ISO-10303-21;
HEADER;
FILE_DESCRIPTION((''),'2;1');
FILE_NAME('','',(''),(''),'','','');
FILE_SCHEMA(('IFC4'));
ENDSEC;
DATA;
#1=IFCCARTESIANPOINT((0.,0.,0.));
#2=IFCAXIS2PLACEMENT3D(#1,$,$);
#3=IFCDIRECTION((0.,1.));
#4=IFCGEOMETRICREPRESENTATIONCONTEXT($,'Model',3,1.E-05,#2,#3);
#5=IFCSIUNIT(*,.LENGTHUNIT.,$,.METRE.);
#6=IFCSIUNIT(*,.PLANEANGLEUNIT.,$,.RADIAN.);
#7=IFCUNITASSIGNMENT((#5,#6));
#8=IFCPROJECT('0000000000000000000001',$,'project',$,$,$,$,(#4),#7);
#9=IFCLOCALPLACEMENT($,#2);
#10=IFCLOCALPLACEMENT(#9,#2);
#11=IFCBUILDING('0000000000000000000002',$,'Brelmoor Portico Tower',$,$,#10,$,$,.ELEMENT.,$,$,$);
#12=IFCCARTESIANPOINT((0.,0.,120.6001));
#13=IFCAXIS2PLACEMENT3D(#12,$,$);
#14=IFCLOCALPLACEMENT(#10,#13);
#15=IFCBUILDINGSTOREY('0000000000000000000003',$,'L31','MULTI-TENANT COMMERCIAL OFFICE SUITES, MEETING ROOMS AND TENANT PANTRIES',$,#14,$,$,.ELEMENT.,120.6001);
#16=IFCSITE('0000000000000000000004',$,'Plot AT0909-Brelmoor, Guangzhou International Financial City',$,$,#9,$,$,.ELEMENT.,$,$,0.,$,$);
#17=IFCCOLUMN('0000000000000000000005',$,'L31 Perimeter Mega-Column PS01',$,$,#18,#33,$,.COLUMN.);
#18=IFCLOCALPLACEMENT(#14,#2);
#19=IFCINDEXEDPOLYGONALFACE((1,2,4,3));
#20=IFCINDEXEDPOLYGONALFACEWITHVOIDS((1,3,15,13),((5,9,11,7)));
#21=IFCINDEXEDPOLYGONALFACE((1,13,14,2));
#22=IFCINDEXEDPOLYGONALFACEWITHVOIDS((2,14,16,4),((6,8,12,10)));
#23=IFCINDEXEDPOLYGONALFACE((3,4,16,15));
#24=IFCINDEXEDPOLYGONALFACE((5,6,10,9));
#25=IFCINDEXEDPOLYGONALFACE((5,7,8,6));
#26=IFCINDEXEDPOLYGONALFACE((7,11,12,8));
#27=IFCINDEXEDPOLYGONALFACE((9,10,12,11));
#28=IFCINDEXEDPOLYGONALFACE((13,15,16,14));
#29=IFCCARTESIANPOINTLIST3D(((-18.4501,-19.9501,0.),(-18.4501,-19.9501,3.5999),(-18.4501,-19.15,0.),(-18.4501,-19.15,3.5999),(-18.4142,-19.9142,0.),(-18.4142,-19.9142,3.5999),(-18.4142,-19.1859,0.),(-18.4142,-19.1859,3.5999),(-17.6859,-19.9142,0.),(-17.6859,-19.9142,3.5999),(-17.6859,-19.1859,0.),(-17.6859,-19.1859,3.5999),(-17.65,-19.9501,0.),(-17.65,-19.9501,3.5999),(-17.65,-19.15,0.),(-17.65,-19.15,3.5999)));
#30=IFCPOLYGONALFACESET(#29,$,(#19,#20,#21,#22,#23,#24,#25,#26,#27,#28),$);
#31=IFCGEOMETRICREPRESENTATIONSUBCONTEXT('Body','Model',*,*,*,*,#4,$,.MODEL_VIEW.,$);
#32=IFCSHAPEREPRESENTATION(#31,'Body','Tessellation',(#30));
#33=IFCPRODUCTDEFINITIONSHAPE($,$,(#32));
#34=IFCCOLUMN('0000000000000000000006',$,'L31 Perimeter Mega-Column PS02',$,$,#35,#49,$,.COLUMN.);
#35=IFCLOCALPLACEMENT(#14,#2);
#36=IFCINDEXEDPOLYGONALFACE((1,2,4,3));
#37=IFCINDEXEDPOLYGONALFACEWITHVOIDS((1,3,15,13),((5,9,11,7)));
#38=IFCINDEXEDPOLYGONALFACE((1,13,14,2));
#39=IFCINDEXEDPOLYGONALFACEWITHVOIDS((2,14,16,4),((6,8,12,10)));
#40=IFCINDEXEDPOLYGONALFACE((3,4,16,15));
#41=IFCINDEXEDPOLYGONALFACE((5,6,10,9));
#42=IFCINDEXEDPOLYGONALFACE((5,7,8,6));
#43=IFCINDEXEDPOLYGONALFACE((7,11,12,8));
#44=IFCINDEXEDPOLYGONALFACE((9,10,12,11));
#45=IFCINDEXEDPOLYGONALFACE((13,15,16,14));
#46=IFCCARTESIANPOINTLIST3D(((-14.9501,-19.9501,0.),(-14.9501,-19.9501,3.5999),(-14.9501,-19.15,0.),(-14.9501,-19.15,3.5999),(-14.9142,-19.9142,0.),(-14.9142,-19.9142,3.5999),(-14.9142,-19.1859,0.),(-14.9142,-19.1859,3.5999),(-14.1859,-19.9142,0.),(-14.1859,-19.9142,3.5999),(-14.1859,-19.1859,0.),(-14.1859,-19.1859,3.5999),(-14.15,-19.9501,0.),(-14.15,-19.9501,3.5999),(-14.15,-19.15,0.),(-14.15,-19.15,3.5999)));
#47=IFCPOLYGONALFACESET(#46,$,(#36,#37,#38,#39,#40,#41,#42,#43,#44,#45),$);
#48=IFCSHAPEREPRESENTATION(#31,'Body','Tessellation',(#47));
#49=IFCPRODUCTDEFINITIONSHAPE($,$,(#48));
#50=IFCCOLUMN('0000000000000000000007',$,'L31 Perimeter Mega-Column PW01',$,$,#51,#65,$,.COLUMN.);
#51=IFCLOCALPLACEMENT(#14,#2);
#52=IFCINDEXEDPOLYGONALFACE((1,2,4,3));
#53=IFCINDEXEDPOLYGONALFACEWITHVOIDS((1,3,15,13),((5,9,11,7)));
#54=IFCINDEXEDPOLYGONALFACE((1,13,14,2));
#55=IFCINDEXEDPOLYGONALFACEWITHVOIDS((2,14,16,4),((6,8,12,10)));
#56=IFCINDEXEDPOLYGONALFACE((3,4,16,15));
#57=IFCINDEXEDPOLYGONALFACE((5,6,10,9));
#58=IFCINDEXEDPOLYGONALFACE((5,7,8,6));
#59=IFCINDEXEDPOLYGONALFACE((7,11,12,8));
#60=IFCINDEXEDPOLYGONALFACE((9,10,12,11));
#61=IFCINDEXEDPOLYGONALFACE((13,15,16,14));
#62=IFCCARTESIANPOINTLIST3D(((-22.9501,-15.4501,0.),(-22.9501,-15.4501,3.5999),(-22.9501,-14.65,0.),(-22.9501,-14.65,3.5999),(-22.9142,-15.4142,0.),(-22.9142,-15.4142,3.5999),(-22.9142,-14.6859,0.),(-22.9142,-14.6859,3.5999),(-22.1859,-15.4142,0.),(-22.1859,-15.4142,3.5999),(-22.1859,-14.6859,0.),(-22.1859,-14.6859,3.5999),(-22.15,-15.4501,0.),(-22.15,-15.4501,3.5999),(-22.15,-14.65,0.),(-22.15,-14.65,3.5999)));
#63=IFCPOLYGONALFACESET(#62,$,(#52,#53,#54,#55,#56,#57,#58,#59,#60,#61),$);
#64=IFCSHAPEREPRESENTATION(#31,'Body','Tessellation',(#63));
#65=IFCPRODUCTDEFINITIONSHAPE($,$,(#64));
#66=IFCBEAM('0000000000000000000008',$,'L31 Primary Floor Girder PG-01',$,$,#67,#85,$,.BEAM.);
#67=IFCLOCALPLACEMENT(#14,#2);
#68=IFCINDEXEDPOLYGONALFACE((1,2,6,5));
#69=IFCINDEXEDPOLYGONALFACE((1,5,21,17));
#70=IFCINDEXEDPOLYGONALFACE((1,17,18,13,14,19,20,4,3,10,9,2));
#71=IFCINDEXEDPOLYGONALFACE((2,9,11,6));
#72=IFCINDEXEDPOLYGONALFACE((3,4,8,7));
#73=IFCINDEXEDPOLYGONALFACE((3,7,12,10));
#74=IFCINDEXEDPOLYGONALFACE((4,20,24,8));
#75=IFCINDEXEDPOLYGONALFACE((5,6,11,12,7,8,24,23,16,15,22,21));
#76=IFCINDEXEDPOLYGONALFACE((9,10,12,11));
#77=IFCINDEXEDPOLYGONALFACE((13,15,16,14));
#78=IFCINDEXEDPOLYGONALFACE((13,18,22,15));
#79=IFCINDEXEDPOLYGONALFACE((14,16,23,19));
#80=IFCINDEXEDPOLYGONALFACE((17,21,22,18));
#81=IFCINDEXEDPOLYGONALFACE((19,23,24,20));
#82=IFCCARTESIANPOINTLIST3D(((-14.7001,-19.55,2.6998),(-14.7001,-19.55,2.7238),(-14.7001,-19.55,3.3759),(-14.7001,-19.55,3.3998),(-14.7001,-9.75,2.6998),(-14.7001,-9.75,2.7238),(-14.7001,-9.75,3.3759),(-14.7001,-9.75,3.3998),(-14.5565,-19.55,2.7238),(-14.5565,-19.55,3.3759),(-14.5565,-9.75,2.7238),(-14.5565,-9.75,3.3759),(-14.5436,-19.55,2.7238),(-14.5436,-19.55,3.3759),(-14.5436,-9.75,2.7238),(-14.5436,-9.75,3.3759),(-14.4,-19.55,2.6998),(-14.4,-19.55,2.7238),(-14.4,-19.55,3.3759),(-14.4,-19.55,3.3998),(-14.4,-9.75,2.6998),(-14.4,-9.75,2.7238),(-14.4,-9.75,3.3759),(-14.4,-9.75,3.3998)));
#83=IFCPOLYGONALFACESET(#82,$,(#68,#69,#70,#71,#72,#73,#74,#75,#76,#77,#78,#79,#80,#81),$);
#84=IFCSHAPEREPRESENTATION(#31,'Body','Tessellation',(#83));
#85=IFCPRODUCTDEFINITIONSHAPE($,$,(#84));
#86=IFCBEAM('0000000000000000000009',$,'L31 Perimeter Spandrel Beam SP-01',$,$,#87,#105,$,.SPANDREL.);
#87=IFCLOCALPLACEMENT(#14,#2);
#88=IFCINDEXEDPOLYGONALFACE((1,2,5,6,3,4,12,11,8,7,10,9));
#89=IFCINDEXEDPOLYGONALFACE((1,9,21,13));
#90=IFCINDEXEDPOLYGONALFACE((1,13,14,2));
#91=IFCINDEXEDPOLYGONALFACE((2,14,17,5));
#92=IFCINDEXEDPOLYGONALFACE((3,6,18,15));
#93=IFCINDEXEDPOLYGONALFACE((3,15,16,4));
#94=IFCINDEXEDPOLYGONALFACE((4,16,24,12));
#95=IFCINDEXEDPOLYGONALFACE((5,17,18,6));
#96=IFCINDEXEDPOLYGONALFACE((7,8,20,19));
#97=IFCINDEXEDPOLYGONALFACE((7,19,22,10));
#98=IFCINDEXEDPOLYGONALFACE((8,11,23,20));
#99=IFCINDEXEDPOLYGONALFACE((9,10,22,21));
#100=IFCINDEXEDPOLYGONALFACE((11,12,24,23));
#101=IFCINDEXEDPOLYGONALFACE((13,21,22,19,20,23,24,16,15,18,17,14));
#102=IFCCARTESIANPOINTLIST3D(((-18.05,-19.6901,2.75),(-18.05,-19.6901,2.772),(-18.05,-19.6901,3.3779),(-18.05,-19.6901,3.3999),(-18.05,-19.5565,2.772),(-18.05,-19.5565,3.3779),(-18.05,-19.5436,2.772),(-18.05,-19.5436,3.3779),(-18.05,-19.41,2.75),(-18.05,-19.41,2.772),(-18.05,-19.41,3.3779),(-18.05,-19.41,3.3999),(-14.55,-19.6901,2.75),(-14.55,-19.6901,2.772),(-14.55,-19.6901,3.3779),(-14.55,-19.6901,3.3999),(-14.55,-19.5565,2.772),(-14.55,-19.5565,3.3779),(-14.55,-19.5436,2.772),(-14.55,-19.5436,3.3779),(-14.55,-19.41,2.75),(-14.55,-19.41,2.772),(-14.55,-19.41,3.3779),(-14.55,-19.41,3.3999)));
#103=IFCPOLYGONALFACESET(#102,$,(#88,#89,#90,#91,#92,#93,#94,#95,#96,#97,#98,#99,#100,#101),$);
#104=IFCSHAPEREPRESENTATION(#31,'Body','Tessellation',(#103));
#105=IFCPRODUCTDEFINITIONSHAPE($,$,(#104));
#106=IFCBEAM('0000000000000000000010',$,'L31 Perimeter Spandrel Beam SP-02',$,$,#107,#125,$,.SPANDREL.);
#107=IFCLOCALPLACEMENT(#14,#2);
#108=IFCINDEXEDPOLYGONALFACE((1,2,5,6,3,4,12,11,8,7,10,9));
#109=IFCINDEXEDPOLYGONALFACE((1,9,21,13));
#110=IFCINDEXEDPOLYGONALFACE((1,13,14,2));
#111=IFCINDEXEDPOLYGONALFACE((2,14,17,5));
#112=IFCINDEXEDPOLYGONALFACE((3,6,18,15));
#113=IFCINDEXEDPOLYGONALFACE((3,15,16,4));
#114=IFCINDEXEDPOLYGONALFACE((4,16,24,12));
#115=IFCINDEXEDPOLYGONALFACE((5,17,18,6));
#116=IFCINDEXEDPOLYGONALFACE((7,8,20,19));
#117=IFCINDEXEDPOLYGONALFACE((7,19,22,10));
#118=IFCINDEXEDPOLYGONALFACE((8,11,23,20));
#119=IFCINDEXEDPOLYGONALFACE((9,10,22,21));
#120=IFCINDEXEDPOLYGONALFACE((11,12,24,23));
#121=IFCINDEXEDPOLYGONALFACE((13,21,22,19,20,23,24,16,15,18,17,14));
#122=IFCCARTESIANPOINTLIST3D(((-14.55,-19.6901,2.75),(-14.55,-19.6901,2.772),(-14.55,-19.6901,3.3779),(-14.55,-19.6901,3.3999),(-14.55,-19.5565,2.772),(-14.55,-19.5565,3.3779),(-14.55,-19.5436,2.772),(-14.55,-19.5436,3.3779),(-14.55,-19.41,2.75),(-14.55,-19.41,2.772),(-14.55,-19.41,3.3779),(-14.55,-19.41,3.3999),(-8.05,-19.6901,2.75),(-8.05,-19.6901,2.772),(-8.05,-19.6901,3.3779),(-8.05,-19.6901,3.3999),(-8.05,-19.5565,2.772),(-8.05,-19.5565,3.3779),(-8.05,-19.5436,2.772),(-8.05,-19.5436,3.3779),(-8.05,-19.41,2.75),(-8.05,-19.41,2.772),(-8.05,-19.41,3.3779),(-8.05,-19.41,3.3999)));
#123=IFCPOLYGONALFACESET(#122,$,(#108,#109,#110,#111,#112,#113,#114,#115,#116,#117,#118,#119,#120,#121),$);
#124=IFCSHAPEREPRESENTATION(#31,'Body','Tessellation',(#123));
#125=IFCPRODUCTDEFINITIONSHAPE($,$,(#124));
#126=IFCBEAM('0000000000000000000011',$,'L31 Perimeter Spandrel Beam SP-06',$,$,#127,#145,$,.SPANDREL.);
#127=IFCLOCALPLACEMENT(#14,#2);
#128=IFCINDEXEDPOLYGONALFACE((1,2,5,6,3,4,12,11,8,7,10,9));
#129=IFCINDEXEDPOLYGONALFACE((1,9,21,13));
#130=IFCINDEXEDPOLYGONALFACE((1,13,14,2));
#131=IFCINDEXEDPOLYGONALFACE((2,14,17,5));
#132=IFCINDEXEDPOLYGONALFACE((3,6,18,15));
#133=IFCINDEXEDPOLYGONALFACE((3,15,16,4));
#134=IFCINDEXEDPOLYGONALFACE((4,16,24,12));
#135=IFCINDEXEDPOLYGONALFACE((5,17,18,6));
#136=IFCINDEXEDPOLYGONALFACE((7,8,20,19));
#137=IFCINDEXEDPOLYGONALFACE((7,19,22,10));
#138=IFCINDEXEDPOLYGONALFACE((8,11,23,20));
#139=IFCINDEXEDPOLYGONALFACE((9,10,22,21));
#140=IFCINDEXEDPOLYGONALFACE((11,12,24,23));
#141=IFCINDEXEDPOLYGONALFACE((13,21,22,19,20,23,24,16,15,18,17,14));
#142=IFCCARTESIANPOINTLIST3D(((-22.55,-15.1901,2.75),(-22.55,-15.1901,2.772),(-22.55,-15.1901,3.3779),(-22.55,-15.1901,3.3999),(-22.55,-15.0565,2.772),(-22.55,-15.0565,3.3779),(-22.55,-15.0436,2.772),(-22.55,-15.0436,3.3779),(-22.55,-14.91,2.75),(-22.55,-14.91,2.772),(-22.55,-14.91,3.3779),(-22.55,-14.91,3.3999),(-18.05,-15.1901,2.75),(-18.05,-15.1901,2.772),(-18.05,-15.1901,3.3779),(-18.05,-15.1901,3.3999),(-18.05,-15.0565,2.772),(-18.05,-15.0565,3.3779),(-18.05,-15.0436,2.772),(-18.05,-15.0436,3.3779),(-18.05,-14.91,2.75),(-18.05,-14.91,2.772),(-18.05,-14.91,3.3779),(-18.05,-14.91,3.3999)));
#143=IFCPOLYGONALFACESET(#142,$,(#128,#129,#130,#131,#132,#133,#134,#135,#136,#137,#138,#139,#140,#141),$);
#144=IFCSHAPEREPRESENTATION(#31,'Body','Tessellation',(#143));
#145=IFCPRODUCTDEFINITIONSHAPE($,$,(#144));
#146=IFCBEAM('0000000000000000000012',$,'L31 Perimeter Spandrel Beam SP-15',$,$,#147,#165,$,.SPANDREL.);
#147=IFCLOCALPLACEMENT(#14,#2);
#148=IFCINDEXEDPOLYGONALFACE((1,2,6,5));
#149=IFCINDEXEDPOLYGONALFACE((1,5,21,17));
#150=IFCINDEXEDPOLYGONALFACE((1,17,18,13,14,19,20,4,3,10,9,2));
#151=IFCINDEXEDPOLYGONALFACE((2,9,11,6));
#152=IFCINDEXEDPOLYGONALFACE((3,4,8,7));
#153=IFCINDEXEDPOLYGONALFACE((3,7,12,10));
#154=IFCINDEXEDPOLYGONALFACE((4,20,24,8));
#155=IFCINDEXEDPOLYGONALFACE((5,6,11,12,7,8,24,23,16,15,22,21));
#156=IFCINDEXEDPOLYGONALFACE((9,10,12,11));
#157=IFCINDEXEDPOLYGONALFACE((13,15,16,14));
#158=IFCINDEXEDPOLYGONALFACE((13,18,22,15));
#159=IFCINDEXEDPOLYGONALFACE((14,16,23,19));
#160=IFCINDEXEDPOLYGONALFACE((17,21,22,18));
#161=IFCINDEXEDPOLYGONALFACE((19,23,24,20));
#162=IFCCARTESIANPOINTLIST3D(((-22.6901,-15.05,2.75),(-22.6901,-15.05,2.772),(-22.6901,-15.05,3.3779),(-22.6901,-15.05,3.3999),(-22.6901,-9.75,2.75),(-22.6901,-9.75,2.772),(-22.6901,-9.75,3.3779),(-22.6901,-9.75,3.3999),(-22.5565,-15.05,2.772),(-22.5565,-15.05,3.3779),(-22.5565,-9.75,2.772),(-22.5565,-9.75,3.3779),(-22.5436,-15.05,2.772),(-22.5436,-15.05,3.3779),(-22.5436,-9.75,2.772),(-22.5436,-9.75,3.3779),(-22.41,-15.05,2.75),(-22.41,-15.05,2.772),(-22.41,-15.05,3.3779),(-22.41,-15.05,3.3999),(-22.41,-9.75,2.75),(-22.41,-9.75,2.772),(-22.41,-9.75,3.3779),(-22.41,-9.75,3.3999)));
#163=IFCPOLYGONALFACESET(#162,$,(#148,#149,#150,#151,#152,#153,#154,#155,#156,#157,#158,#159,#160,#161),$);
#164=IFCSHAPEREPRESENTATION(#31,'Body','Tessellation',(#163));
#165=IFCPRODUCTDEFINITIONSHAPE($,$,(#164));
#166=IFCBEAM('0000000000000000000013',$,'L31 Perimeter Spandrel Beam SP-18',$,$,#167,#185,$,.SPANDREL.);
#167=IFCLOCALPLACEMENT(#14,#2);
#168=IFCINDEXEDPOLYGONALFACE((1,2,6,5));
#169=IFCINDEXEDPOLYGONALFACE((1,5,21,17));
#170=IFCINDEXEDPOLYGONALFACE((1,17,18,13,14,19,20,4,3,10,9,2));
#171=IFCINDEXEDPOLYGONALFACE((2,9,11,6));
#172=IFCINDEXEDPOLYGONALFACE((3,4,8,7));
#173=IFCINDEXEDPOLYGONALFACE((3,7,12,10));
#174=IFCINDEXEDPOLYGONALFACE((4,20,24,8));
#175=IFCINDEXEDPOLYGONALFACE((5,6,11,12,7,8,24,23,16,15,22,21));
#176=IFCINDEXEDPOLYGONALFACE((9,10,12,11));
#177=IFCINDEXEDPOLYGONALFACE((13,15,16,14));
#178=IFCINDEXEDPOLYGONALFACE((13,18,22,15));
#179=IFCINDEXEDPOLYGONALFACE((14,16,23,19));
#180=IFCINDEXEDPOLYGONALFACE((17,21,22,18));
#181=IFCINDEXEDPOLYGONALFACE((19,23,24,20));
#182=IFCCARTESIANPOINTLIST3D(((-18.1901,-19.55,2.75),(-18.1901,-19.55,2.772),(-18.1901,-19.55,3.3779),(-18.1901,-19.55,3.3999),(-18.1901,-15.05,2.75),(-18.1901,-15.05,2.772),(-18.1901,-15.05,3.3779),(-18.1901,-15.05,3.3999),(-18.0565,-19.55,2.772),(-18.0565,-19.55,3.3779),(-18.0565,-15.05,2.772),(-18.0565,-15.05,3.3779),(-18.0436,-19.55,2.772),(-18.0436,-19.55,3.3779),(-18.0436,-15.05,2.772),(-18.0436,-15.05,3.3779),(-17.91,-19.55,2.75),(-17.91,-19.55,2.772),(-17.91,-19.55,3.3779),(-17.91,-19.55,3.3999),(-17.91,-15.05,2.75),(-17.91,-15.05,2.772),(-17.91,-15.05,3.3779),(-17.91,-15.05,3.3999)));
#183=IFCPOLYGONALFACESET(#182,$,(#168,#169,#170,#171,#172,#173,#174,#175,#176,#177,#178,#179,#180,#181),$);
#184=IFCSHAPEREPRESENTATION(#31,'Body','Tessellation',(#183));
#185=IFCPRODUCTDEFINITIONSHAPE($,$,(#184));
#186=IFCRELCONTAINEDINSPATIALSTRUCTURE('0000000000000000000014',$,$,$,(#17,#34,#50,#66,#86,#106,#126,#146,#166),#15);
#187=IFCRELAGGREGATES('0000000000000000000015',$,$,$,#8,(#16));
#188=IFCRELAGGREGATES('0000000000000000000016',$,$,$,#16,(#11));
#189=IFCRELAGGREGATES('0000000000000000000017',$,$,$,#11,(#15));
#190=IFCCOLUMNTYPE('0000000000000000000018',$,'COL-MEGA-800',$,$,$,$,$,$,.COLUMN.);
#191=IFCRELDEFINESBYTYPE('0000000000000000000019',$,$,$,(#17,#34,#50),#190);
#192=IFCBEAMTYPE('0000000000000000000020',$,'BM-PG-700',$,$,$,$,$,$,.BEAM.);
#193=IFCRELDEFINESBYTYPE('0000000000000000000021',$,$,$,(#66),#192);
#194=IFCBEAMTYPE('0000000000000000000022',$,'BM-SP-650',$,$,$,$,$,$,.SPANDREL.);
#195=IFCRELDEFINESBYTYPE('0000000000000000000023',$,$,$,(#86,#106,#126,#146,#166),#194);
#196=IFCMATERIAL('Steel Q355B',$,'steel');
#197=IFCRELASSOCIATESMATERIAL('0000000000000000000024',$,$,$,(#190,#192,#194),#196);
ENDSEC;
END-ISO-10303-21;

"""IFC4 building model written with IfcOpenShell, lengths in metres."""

from ifc_helpers import new_model, si_unit, direction, frame, origin, origin_2d, place, context, subcontext, project, spatial, hollow_rectangle, i_section, extrude, material, material_profile, profile_set, type_object, element, save


model = new_model("IFC4")

# Units and contexts
model_context = context("Model", 3, precision=1e-05, world=origin(), true_north=direction((0.0, 1.0)))
body_context = subcontext(model_context, "Body", "Model", "MODEL_VIEW")
ifc_project = project(units=[si_unit("LENGTHUNIT", "METRE"), si_unit("PLANEANGLEUNIT", "RADIAN")], contexts=[model_context])

# Site, building, storey
site_placement = place(None, origin())
site = spatial("IfcSite", under=ifc_project, at=site_placement, Name="Plot AT0909-Brelmoor, Guangzhou International Financial City", CompositionType="ELEMENT", RefElevation=0.0)
building_placement = place(site_placement, origin())
building = spatial("IfcBuilding", under=site, at=building_placement, Name="Brelmoor Portico Tower", CompositionType="ELEMENT")
storey_placement = place(building_placement, frame((0.0, 0.0, 120.6001)))
storey = spatial("IfcBuildingStorey", under=building, at=storey_placement, Name="L31", Description="MULTI-TENANT COMMERCIAL OFFICE SUITES, MEETING ROOMS AND TENANT PANTRIES", CompositionType="ELEMENT", Elevation=120.6001)

# Columns
ifc_material_1 = material(Name="Steel Q355B", Category="steel")
ifc_material_profile_1 = material_profile(ifc_material_1, hollow_rectangle(XDim=0.8, YDim=0.8, WallThickness=0.0359, at=origin_2d()), Name="BOX 800x800x36")
ifc_profile_set_1 = profile_set([ifc_material_profile_1], Name="Steel Q355B")
column_type = type_object("IfcColumnType", Name="COL-MEGA-800", PredefinedType="COLUMN", material=ifc_profile_set_1)
for number, where, z_axis, x_axis, name in (
    (1, (-18.05, -19.55, 0.0), (0.0, 0.0, 1.0), (1.0, 0.0, 0.0), "L31 Perimeter Mega-Column PS01"),
    (2, (-14.55, -19.55, 0.0), (0.0, 0.0, 1.0), (1.0, 0.0, 0.0), "L31 Perimeter Mega-Column PS02"),
    (3, (-22.55, -15.05, 0.0), (0.0, 0.0, 1.0), (0.0, 1.0, 0.0), "L31 Perimeter Mega-Column PW01"),
):
    element("IfcColumn", number, at=place(storey_placement, frame(where, z_axis=z_axis, x_axis=x_axis)), inside=storey, type_object=column_type, Name=name, PredefinedType="COLUMN", context=body_context, shape_type="SweptSolid", body=[
        extrude(hollow_rectangle(XDim=0.8, YDim=0.8, WallThickness=0.0359, at=origin_2d()), origin(), (0.0, 0.0, 1.0), 3.5999),
    ])

# Beams
ifc_material_profile_2 = material_profile(ifc_material_1, i_section(OverallWidth=0.3, OverallDepth=0.7, WebThickness=0.0129, FlangeThickness=0.0239, at=origin_2d()), Name="HN 700x300x13x24")
ifc_profile_set_2 = profile_set([ifc_material_profile_2], Name="Steel Q355B")
beam_type_1 = type_object("IfcBeamType", Name="BM-PG-700", PredefinedType="BEAM", material=ifc_profile_set_2)
beam_1_placement = place(storey_placement, frame((-14.55, -19.55, 3.0498), z_axis=(0.0, 1.0, 0.0), x_axis=(-1.0, 0.0, 0.0)))
element("IfcBeam", 4, at=beam_1_placement, inside=storey, type_object=beam_type_1, Name="L31 Primary Floor Girder PG-01", PredefinedType="BEAM", context=body_context, shape_type="SweptSolid", body=[
    extrude(i_section(OverallWidth=0.3, OverallDepth=0.7, WebThickness=0.0129, FlangeThickness=0.0239, at=origin_2d()), origin(), (0.0, 0.0, 1.0), 9.8),
])
ifc_material_profile_3 = material_profile(ifc_material_1, i_section(OverallWidth=0.28, OverallDepth=0.6499, WebThickness=0.0129, FlangeThickness=0.022, at=origin_2d()), Name="HN 650x280x13x22")
ifc_profile_set_3 = profile_set([ifc_material_profile_3], Name="Steel Q355B")
beam_type_2 = type_object("IfcBeamType", Name="BM-SP-650", PredefinedType="SPANDREL", material=ifc_profile_set_3)
beam_2_placement = place(storey_placement, frame((-18.05, -19.55, 3.075), z_axis=(1.0, 0.0, 0.0), x_axis=(0.0, 1.0, 0.0)))
element("IfcBeam", 5, at=beam_2_placement, inside=storey, type_object=beam_type_2, Name="L31 Perimeter Spandrel Beam SP-01", PredefinedType="SPANDREL", context=body_context, shape_type="SweptSolid", body=[
    extrude(i_section(OverallWidth=0.28, OverallDepth=0.6499, WebThickness=0.0129, FlangeThickness=0.022, at=origin_2d()), origin(), (0.0, 0.0, 1.0), 3.5),
])
beam_3_placement = place(storey_placement, frame((-14.55, -19.55, 3.075), z_axis=(1.0, 0.0, 0.0), x_axis=(0.0, 1.0, 0.0)))
element("IfcBeam", 6, at=beam_3_placement, inside=storey, type_object=beam_type_2, Name="L31 Perimeter Spandrel Beam SP-02", PredefinedType="SPANDREL", context=body_context, shape_type="SweptSolid", body=[
    extrude(i_section(OverallWidth=0.28, OverallDepth=0.6499, WebThickness=0.0129, FlangeThickness=0.022, at=origin_2d()), origin(), (0.0, 0.0, 1.0), 6.5),
])
beam_4_placement = place(storey_placement, frame((-22.55, -15.05, 3.075), z_axis=(1.0, 0.0, 0.0), x_axis=(0.0, 1.0, 0.0)))
element("IfcBeam", 7, at=beam_4_placement, inside=storey, type_object=beam_type_2, Name="L31 Perimeter Spandrel Beam SP-06", PredefinedType="SPANDREL", context=body_context, shape_type="SweptSolid", body=[
    extrude(i_section(OverallWidth=0.28, OverallDepth=0.6499, WebThickness=0.0129, FlangeThickness=0.022, at=origin_2d()), origin(), (0.0, 0.0, 1.0), 4.5),
])
beam_5_placement = place(storey_placement, frame((-22.55, -15.05, 3.075), z_axis=(0.0, 1.0, 0.0), x_axis=(-1.0, 0.0, 0.0)))
element("IfcBeam", 8, at=beam_5_placement, inside=storey, type_object=beam_type_2, Name="L31 Perimeter Spandrel Beam SP-15", PredefinedType="SPANDREL", context=body_context, shape_type="SweptSolid", body=[
    extrude(i_section(OverallWidth=0.28, OverallDepth=0.6499, WebThickness=0.0129, FlangeThickness=0.022, at=origin_2d()), origin(), (0.0, 0.0, 1.0), 5.3),
])
beam_6_placement = place(storey_placement, frame((-18.05, -19.55, 3.075), z_axis=(0.0, 1.0, 0.0), x_axis=(-1.0, 0.0, 0.0)))
element("IfcBeam", 9, at=beam_6_placement, inside=storey, type_object=beam_type_2, Name="L31 Perimeter Spandrel Beam SP-18", PredefinedType="SPANDREL", context=body_context, shape_type="SweptSolid", body=[
    extrude(i_section(OverallWidth=0.28, OverallDepth=0.6499, WebThickness=0.0129, FlangeThickness=0.022, at=origin_2d()), origin(), (0.0, 0.0, 1.0), 4.5),
])

save(model, "model.ifc")
